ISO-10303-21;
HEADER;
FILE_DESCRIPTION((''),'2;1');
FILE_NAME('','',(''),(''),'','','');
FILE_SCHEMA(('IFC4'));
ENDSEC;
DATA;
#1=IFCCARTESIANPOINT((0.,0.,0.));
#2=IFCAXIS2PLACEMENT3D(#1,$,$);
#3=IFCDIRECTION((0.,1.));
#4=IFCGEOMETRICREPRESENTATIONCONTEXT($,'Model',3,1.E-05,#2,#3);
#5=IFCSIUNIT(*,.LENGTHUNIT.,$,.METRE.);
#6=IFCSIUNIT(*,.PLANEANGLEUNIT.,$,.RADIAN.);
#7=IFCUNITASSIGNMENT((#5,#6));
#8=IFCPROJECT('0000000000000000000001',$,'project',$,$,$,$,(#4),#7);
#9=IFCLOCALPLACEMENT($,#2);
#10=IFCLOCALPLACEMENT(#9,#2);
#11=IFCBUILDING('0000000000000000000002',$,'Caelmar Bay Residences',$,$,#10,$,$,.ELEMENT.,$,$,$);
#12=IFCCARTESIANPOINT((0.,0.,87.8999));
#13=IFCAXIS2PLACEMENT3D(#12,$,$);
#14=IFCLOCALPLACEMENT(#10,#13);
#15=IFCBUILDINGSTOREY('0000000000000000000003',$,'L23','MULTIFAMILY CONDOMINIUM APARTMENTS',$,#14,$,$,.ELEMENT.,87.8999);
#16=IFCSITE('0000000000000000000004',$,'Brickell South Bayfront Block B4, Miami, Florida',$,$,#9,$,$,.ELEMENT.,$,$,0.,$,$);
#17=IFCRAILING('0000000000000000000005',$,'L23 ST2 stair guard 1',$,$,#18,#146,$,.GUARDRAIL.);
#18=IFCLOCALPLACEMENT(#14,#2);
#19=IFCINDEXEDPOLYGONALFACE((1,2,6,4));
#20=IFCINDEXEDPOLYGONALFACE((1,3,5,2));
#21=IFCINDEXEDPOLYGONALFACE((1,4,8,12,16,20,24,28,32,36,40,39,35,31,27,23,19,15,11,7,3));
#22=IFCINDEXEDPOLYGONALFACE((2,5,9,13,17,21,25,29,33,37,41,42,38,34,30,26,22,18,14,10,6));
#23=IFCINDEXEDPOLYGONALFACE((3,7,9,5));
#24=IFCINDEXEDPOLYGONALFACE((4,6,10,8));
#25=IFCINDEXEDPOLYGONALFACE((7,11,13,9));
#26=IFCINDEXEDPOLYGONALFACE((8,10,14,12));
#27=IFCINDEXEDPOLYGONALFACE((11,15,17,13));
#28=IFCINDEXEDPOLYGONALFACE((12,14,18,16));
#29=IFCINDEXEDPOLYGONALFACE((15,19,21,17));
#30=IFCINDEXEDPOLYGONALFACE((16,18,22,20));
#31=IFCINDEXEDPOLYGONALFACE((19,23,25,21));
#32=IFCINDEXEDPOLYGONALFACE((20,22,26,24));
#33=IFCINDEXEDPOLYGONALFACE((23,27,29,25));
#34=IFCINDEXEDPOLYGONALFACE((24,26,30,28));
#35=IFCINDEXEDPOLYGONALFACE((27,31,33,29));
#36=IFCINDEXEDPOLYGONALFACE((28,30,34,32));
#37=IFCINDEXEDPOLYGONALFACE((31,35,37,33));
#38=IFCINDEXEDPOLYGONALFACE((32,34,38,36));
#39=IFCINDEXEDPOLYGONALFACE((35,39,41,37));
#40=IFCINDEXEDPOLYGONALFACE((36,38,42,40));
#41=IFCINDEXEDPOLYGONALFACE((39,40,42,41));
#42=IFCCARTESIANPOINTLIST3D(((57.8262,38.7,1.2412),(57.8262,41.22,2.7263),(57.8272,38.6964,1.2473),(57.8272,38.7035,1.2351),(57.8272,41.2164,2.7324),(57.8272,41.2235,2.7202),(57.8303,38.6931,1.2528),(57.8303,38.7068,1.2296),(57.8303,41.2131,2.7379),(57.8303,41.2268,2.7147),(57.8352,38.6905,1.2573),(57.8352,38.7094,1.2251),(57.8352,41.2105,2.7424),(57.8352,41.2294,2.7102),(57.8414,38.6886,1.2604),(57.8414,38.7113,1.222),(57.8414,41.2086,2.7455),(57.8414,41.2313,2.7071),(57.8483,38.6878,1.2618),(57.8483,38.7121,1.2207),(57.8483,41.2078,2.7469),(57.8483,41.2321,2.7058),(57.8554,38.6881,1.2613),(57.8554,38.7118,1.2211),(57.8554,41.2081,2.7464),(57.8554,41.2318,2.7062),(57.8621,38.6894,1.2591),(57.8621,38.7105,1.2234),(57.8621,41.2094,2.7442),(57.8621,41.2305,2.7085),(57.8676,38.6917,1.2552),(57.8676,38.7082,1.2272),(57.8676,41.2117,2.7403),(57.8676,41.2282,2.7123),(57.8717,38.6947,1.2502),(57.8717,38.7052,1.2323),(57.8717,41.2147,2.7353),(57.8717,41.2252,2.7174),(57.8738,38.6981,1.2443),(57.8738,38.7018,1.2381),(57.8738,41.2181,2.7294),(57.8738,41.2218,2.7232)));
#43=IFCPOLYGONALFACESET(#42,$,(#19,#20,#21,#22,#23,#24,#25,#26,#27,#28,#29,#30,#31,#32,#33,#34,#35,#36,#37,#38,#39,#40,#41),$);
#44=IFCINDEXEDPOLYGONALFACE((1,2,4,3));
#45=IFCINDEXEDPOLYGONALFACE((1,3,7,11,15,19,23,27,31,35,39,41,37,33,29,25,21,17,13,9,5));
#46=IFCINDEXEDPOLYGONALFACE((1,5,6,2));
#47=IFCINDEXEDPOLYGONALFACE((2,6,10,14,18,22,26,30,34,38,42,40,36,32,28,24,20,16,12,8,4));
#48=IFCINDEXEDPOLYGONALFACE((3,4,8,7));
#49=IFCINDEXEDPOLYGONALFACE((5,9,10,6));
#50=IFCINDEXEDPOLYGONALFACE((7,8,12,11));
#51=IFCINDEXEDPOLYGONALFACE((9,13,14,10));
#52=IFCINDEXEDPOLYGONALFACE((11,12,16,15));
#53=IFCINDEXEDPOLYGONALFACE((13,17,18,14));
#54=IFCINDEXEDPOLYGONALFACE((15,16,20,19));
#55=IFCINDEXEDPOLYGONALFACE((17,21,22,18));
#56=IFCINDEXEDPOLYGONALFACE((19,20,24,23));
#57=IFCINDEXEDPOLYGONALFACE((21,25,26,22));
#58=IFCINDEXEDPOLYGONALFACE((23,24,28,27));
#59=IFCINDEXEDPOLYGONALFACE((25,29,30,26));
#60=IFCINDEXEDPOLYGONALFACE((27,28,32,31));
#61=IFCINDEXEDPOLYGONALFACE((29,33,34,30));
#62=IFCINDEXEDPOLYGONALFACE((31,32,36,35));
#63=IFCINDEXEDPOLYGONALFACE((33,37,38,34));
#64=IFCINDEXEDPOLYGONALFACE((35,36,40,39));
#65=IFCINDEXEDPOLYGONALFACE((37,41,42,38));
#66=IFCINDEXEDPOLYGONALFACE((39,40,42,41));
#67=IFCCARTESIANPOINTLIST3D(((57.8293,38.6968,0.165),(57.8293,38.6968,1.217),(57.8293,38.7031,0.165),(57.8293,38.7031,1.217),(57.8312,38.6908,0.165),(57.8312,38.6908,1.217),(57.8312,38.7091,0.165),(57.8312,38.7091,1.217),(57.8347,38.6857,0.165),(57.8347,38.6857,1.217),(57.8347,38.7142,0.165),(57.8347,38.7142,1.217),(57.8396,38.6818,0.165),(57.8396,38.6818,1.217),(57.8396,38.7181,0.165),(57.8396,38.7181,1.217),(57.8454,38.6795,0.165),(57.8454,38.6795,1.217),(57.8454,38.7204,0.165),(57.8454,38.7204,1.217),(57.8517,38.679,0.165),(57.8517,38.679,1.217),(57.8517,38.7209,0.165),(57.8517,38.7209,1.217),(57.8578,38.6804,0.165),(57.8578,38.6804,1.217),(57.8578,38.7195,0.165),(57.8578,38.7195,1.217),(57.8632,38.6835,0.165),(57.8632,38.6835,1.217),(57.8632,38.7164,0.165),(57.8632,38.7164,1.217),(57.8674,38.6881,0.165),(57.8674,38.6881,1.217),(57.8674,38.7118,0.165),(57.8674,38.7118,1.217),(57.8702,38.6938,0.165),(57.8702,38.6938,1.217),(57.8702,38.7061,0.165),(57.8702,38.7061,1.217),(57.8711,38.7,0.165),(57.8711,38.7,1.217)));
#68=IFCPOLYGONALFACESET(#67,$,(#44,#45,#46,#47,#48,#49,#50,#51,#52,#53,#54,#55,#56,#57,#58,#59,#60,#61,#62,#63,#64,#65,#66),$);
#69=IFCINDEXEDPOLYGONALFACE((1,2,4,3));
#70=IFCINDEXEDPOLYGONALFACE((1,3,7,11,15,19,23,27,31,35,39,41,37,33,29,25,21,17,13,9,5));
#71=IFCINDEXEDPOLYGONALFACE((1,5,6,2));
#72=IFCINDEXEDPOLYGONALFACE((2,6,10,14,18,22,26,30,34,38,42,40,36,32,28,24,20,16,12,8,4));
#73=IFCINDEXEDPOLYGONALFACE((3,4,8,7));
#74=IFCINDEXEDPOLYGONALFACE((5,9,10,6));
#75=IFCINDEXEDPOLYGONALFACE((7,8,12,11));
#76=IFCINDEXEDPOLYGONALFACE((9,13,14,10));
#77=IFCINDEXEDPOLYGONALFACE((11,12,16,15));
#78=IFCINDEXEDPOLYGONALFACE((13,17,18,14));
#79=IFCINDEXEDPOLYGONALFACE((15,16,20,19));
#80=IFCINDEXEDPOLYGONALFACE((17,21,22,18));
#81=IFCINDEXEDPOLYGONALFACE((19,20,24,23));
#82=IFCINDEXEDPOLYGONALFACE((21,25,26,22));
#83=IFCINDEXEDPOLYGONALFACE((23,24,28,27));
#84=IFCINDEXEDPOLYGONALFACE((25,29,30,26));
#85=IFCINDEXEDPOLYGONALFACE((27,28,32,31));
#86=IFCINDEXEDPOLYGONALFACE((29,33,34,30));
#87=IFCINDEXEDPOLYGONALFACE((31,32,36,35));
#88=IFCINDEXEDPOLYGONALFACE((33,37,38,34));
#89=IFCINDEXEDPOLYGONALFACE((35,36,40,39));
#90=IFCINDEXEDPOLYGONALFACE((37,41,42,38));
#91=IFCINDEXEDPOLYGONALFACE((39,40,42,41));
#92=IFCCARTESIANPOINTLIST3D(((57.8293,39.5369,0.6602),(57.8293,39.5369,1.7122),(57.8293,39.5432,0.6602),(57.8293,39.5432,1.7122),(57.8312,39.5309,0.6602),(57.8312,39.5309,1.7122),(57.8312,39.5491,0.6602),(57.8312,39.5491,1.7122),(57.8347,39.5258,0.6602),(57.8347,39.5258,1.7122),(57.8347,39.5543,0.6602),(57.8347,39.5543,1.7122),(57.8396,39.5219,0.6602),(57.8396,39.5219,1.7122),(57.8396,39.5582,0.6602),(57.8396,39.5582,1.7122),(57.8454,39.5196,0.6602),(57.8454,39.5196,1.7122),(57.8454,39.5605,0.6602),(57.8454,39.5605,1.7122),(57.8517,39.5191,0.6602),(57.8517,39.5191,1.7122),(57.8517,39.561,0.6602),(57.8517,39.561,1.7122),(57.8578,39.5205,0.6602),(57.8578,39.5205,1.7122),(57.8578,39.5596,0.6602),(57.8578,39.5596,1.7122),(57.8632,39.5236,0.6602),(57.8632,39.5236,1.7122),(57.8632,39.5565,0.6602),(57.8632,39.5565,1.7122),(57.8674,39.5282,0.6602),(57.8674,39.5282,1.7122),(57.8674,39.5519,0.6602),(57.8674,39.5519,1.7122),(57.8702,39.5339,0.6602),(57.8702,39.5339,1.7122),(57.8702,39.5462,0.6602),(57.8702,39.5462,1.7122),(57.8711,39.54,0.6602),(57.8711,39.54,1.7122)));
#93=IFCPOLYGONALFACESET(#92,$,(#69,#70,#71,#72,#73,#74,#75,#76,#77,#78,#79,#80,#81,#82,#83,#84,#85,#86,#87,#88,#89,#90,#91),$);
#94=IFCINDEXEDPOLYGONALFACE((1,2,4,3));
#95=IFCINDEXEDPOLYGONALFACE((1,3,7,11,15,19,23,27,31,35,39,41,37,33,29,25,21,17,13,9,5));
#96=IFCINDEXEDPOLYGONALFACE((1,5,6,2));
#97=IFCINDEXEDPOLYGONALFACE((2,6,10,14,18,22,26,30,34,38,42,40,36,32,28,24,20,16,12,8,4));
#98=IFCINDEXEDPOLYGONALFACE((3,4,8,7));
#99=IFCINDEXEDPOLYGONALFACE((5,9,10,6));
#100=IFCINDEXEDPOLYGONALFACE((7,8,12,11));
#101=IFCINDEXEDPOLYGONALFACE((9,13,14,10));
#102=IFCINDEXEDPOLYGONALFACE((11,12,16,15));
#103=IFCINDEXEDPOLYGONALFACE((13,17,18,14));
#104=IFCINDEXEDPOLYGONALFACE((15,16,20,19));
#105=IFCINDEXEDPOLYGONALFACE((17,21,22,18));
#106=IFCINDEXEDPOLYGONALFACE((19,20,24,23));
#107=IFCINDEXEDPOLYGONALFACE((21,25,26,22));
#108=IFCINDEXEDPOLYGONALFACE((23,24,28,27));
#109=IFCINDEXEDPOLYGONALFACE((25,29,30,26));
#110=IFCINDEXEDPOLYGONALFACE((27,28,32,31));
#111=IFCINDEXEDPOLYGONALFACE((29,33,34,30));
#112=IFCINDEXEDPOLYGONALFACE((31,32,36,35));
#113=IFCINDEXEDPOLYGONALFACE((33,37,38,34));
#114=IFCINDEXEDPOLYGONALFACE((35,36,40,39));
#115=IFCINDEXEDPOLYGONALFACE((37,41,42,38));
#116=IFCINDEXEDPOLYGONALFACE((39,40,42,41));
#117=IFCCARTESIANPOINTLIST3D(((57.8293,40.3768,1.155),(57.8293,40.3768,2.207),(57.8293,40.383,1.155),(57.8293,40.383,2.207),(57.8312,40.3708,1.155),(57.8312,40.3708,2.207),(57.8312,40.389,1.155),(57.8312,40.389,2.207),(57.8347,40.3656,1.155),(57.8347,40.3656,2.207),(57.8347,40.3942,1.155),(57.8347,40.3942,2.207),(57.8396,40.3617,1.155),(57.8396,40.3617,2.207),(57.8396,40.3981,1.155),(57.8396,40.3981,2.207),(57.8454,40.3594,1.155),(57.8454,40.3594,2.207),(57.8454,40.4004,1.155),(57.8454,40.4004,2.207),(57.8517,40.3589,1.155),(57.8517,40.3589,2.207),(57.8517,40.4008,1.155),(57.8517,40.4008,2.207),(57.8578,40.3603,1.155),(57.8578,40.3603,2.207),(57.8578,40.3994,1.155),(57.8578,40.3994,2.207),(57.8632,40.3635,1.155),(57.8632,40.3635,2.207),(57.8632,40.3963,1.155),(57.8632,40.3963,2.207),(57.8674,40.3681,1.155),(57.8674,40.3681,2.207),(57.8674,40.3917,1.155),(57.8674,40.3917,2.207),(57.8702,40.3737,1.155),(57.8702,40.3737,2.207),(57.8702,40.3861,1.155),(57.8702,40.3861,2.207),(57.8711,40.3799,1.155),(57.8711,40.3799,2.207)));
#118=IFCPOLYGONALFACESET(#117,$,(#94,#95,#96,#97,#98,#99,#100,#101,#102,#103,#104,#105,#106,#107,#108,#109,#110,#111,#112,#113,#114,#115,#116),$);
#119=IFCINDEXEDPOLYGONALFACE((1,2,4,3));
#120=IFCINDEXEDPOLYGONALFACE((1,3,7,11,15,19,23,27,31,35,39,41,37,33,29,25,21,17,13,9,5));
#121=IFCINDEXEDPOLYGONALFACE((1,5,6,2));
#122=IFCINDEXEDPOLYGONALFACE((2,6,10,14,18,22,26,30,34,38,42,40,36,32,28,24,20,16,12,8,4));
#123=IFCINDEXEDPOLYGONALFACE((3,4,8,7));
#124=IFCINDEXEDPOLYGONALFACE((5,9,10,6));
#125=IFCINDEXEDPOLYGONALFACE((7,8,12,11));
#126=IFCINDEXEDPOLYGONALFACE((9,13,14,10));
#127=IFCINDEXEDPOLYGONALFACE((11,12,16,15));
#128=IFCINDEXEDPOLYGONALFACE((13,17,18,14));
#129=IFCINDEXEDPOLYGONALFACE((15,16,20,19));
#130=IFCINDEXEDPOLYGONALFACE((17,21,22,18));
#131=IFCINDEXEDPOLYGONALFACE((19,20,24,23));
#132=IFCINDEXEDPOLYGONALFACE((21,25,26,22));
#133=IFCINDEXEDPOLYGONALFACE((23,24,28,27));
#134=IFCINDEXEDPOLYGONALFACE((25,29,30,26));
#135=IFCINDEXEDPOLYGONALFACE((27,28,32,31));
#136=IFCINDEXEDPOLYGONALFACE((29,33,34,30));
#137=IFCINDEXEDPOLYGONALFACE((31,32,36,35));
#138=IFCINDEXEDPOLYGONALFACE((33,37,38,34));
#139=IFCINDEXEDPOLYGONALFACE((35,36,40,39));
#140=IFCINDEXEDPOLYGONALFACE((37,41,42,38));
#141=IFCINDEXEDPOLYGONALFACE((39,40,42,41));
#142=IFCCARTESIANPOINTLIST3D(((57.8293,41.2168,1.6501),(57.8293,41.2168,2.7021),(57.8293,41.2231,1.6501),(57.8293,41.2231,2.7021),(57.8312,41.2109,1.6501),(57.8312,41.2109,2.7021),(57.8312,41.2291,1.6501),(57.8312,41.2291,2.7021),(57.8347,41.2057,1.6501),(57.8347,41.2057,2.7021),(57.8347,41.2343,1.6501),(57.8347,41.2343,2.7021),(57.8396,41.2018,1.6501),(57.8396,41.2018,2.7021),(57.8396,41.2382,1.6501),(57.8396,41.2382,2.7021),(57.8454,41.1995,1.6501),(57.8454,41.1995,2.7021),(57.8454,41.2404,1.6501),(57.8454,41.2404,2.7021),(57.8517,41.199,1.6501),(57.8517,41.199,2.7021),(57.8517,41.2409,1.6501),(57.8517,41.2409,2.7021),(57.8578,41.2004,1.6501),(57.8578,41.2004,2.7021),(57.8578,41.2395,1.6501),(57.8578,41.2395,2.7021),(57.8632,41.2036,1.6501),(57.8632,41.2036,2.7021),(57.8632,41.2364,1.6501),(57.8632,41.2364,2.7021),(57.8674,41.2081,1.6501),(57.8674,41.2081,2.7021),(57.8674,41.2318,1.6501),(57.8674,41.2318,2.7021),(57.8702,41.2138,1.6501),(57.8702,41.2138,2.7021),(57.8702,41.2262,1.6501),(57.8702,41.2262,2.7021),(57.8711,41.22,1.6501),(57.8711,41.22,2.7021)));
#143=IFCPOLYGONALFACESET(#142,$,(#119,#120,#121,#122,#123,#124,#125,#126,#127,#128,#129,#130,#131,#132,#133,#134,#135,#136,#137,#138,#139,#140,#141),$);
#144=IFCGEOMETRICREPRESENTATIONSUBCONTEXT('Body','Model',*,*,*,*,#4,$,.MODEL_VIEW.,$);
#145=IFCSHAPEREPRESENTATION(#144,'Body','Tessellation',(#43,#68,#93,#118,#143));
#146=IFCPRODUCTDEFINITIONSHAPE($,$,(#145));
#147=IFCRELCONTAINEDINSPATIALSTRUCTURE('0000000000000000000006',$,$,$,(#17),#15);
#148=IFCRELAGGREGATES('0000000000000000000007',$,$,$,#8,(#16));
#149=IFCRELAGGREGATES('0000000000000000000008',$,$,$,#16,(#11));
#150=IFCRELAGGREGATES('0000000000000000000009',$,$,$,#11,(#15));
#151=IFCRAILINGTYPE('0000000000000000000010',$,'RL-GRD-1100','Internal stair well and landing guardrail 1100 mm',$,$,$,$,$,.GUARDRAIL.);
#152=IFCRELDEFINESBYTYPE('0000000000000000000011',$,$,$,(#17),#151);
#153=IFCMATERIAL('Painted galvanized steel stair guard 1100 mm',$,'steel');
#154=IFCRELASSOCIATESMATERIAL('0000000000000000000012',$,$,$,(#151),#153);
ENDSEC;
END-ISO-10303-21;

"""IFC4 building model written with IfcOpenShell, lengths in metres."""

from ifc_helpers import new_model, si_unit, direction, frame, origin, origin_2d, place, context, subcontext, project, spatial, circle, extrude, material, type_object, element, save


model = new_model("IFC4")

# Units and contexts
model_context = context("Model", 3, precision=1e-05, world=origin(), true_north=direction((0.0, 1.0)))
body_context = subcontext(model_context, "Body", "Model", "MODEL_VIEW")
ifc_project = project(units=[si_unit("LENGTHUNIT", "METRE"), si_unit("PLANEANGLEUNIT", "RADIAN")], contexts=[model_context])

# Site, building, storey
site_placement = place(None, origin())
site = spatial("IfcSite", under=ifc_project, at=site_placement, Name="Brickell South Bayfront Block B4, Miami, Florida", CompositionType="ELEMENT", RefElevation=0.0)
building_placement = place(site_placement, origin())
building = spatial("IfcBuilding", under=site, at=building_placement, Name="Caelmar Bay Residences", CompositionType="ELEMENT")
storey_placement = place(building_placement, frame((0.0, 0.0, 87.8999)))
storey = spatial("IfcBuildingStorey", under=building, at=storey_placement, Name="L23", Description="MULTIFAMILY CONDOMINIUM APARTMENTS", CompositionType="ELEMENT", Elevation=87.8999)

# Railing
ifc_material_1 = material(Name="Painted galvanized steel stair guard 1100 mm", Category="steel")
railing_type_1 = type_object("IfcRailingType", Name="RL-GRD-1100", Description="Internal stair well and landing guardrail 1100 mm", PredefinedType="GUARDRAIL", material=ifc_material_1)
railing_1_placement = place(storey_placement, frame((57.8501, 38.7, 0.165)))
element("IfcRailing", 1, at=railing_1_placement, inside=storey, type_object=railing_type_1, Name="L23 ST2 stair guard 1", PredefinedType="GUARDRAIL", context=body_context, shape_type="SweptSolid", body=[
    extrude(circle(Radius=0.0239, at=origin_2d()), frame((0.0, 0.0, 1.0762), z_axis=(0.0, 0.861524, 0.507717), x_axis=(-1.0, 0.0, 0.0)), (0.0, 0.0, 1.0), 2.925),
    extrude(circle(Radius=0.021, at=origin_2d()), origin(), (0.0, 0.0, 1.0), 1.052),
    extrude(circle(Radius=0.021, at=origin_2d()), frame((0.0, 0.8401, 0.4951)), (0.0, 0.0, 1.0), 1.052),
    extrude(circle(Radius=0.021, at=origin_2d()), frame((0.0, 1.6799, 0.99)), (0.0, 0.0, 1.0), 1.052),
    extrude(circle(Radius=0.021, at=origin_2d()), frame((0.0, 2.52, 1.4851)), (0.0, 0.0, 1.0), 1.052),
])

save(model, "model.ifc")
